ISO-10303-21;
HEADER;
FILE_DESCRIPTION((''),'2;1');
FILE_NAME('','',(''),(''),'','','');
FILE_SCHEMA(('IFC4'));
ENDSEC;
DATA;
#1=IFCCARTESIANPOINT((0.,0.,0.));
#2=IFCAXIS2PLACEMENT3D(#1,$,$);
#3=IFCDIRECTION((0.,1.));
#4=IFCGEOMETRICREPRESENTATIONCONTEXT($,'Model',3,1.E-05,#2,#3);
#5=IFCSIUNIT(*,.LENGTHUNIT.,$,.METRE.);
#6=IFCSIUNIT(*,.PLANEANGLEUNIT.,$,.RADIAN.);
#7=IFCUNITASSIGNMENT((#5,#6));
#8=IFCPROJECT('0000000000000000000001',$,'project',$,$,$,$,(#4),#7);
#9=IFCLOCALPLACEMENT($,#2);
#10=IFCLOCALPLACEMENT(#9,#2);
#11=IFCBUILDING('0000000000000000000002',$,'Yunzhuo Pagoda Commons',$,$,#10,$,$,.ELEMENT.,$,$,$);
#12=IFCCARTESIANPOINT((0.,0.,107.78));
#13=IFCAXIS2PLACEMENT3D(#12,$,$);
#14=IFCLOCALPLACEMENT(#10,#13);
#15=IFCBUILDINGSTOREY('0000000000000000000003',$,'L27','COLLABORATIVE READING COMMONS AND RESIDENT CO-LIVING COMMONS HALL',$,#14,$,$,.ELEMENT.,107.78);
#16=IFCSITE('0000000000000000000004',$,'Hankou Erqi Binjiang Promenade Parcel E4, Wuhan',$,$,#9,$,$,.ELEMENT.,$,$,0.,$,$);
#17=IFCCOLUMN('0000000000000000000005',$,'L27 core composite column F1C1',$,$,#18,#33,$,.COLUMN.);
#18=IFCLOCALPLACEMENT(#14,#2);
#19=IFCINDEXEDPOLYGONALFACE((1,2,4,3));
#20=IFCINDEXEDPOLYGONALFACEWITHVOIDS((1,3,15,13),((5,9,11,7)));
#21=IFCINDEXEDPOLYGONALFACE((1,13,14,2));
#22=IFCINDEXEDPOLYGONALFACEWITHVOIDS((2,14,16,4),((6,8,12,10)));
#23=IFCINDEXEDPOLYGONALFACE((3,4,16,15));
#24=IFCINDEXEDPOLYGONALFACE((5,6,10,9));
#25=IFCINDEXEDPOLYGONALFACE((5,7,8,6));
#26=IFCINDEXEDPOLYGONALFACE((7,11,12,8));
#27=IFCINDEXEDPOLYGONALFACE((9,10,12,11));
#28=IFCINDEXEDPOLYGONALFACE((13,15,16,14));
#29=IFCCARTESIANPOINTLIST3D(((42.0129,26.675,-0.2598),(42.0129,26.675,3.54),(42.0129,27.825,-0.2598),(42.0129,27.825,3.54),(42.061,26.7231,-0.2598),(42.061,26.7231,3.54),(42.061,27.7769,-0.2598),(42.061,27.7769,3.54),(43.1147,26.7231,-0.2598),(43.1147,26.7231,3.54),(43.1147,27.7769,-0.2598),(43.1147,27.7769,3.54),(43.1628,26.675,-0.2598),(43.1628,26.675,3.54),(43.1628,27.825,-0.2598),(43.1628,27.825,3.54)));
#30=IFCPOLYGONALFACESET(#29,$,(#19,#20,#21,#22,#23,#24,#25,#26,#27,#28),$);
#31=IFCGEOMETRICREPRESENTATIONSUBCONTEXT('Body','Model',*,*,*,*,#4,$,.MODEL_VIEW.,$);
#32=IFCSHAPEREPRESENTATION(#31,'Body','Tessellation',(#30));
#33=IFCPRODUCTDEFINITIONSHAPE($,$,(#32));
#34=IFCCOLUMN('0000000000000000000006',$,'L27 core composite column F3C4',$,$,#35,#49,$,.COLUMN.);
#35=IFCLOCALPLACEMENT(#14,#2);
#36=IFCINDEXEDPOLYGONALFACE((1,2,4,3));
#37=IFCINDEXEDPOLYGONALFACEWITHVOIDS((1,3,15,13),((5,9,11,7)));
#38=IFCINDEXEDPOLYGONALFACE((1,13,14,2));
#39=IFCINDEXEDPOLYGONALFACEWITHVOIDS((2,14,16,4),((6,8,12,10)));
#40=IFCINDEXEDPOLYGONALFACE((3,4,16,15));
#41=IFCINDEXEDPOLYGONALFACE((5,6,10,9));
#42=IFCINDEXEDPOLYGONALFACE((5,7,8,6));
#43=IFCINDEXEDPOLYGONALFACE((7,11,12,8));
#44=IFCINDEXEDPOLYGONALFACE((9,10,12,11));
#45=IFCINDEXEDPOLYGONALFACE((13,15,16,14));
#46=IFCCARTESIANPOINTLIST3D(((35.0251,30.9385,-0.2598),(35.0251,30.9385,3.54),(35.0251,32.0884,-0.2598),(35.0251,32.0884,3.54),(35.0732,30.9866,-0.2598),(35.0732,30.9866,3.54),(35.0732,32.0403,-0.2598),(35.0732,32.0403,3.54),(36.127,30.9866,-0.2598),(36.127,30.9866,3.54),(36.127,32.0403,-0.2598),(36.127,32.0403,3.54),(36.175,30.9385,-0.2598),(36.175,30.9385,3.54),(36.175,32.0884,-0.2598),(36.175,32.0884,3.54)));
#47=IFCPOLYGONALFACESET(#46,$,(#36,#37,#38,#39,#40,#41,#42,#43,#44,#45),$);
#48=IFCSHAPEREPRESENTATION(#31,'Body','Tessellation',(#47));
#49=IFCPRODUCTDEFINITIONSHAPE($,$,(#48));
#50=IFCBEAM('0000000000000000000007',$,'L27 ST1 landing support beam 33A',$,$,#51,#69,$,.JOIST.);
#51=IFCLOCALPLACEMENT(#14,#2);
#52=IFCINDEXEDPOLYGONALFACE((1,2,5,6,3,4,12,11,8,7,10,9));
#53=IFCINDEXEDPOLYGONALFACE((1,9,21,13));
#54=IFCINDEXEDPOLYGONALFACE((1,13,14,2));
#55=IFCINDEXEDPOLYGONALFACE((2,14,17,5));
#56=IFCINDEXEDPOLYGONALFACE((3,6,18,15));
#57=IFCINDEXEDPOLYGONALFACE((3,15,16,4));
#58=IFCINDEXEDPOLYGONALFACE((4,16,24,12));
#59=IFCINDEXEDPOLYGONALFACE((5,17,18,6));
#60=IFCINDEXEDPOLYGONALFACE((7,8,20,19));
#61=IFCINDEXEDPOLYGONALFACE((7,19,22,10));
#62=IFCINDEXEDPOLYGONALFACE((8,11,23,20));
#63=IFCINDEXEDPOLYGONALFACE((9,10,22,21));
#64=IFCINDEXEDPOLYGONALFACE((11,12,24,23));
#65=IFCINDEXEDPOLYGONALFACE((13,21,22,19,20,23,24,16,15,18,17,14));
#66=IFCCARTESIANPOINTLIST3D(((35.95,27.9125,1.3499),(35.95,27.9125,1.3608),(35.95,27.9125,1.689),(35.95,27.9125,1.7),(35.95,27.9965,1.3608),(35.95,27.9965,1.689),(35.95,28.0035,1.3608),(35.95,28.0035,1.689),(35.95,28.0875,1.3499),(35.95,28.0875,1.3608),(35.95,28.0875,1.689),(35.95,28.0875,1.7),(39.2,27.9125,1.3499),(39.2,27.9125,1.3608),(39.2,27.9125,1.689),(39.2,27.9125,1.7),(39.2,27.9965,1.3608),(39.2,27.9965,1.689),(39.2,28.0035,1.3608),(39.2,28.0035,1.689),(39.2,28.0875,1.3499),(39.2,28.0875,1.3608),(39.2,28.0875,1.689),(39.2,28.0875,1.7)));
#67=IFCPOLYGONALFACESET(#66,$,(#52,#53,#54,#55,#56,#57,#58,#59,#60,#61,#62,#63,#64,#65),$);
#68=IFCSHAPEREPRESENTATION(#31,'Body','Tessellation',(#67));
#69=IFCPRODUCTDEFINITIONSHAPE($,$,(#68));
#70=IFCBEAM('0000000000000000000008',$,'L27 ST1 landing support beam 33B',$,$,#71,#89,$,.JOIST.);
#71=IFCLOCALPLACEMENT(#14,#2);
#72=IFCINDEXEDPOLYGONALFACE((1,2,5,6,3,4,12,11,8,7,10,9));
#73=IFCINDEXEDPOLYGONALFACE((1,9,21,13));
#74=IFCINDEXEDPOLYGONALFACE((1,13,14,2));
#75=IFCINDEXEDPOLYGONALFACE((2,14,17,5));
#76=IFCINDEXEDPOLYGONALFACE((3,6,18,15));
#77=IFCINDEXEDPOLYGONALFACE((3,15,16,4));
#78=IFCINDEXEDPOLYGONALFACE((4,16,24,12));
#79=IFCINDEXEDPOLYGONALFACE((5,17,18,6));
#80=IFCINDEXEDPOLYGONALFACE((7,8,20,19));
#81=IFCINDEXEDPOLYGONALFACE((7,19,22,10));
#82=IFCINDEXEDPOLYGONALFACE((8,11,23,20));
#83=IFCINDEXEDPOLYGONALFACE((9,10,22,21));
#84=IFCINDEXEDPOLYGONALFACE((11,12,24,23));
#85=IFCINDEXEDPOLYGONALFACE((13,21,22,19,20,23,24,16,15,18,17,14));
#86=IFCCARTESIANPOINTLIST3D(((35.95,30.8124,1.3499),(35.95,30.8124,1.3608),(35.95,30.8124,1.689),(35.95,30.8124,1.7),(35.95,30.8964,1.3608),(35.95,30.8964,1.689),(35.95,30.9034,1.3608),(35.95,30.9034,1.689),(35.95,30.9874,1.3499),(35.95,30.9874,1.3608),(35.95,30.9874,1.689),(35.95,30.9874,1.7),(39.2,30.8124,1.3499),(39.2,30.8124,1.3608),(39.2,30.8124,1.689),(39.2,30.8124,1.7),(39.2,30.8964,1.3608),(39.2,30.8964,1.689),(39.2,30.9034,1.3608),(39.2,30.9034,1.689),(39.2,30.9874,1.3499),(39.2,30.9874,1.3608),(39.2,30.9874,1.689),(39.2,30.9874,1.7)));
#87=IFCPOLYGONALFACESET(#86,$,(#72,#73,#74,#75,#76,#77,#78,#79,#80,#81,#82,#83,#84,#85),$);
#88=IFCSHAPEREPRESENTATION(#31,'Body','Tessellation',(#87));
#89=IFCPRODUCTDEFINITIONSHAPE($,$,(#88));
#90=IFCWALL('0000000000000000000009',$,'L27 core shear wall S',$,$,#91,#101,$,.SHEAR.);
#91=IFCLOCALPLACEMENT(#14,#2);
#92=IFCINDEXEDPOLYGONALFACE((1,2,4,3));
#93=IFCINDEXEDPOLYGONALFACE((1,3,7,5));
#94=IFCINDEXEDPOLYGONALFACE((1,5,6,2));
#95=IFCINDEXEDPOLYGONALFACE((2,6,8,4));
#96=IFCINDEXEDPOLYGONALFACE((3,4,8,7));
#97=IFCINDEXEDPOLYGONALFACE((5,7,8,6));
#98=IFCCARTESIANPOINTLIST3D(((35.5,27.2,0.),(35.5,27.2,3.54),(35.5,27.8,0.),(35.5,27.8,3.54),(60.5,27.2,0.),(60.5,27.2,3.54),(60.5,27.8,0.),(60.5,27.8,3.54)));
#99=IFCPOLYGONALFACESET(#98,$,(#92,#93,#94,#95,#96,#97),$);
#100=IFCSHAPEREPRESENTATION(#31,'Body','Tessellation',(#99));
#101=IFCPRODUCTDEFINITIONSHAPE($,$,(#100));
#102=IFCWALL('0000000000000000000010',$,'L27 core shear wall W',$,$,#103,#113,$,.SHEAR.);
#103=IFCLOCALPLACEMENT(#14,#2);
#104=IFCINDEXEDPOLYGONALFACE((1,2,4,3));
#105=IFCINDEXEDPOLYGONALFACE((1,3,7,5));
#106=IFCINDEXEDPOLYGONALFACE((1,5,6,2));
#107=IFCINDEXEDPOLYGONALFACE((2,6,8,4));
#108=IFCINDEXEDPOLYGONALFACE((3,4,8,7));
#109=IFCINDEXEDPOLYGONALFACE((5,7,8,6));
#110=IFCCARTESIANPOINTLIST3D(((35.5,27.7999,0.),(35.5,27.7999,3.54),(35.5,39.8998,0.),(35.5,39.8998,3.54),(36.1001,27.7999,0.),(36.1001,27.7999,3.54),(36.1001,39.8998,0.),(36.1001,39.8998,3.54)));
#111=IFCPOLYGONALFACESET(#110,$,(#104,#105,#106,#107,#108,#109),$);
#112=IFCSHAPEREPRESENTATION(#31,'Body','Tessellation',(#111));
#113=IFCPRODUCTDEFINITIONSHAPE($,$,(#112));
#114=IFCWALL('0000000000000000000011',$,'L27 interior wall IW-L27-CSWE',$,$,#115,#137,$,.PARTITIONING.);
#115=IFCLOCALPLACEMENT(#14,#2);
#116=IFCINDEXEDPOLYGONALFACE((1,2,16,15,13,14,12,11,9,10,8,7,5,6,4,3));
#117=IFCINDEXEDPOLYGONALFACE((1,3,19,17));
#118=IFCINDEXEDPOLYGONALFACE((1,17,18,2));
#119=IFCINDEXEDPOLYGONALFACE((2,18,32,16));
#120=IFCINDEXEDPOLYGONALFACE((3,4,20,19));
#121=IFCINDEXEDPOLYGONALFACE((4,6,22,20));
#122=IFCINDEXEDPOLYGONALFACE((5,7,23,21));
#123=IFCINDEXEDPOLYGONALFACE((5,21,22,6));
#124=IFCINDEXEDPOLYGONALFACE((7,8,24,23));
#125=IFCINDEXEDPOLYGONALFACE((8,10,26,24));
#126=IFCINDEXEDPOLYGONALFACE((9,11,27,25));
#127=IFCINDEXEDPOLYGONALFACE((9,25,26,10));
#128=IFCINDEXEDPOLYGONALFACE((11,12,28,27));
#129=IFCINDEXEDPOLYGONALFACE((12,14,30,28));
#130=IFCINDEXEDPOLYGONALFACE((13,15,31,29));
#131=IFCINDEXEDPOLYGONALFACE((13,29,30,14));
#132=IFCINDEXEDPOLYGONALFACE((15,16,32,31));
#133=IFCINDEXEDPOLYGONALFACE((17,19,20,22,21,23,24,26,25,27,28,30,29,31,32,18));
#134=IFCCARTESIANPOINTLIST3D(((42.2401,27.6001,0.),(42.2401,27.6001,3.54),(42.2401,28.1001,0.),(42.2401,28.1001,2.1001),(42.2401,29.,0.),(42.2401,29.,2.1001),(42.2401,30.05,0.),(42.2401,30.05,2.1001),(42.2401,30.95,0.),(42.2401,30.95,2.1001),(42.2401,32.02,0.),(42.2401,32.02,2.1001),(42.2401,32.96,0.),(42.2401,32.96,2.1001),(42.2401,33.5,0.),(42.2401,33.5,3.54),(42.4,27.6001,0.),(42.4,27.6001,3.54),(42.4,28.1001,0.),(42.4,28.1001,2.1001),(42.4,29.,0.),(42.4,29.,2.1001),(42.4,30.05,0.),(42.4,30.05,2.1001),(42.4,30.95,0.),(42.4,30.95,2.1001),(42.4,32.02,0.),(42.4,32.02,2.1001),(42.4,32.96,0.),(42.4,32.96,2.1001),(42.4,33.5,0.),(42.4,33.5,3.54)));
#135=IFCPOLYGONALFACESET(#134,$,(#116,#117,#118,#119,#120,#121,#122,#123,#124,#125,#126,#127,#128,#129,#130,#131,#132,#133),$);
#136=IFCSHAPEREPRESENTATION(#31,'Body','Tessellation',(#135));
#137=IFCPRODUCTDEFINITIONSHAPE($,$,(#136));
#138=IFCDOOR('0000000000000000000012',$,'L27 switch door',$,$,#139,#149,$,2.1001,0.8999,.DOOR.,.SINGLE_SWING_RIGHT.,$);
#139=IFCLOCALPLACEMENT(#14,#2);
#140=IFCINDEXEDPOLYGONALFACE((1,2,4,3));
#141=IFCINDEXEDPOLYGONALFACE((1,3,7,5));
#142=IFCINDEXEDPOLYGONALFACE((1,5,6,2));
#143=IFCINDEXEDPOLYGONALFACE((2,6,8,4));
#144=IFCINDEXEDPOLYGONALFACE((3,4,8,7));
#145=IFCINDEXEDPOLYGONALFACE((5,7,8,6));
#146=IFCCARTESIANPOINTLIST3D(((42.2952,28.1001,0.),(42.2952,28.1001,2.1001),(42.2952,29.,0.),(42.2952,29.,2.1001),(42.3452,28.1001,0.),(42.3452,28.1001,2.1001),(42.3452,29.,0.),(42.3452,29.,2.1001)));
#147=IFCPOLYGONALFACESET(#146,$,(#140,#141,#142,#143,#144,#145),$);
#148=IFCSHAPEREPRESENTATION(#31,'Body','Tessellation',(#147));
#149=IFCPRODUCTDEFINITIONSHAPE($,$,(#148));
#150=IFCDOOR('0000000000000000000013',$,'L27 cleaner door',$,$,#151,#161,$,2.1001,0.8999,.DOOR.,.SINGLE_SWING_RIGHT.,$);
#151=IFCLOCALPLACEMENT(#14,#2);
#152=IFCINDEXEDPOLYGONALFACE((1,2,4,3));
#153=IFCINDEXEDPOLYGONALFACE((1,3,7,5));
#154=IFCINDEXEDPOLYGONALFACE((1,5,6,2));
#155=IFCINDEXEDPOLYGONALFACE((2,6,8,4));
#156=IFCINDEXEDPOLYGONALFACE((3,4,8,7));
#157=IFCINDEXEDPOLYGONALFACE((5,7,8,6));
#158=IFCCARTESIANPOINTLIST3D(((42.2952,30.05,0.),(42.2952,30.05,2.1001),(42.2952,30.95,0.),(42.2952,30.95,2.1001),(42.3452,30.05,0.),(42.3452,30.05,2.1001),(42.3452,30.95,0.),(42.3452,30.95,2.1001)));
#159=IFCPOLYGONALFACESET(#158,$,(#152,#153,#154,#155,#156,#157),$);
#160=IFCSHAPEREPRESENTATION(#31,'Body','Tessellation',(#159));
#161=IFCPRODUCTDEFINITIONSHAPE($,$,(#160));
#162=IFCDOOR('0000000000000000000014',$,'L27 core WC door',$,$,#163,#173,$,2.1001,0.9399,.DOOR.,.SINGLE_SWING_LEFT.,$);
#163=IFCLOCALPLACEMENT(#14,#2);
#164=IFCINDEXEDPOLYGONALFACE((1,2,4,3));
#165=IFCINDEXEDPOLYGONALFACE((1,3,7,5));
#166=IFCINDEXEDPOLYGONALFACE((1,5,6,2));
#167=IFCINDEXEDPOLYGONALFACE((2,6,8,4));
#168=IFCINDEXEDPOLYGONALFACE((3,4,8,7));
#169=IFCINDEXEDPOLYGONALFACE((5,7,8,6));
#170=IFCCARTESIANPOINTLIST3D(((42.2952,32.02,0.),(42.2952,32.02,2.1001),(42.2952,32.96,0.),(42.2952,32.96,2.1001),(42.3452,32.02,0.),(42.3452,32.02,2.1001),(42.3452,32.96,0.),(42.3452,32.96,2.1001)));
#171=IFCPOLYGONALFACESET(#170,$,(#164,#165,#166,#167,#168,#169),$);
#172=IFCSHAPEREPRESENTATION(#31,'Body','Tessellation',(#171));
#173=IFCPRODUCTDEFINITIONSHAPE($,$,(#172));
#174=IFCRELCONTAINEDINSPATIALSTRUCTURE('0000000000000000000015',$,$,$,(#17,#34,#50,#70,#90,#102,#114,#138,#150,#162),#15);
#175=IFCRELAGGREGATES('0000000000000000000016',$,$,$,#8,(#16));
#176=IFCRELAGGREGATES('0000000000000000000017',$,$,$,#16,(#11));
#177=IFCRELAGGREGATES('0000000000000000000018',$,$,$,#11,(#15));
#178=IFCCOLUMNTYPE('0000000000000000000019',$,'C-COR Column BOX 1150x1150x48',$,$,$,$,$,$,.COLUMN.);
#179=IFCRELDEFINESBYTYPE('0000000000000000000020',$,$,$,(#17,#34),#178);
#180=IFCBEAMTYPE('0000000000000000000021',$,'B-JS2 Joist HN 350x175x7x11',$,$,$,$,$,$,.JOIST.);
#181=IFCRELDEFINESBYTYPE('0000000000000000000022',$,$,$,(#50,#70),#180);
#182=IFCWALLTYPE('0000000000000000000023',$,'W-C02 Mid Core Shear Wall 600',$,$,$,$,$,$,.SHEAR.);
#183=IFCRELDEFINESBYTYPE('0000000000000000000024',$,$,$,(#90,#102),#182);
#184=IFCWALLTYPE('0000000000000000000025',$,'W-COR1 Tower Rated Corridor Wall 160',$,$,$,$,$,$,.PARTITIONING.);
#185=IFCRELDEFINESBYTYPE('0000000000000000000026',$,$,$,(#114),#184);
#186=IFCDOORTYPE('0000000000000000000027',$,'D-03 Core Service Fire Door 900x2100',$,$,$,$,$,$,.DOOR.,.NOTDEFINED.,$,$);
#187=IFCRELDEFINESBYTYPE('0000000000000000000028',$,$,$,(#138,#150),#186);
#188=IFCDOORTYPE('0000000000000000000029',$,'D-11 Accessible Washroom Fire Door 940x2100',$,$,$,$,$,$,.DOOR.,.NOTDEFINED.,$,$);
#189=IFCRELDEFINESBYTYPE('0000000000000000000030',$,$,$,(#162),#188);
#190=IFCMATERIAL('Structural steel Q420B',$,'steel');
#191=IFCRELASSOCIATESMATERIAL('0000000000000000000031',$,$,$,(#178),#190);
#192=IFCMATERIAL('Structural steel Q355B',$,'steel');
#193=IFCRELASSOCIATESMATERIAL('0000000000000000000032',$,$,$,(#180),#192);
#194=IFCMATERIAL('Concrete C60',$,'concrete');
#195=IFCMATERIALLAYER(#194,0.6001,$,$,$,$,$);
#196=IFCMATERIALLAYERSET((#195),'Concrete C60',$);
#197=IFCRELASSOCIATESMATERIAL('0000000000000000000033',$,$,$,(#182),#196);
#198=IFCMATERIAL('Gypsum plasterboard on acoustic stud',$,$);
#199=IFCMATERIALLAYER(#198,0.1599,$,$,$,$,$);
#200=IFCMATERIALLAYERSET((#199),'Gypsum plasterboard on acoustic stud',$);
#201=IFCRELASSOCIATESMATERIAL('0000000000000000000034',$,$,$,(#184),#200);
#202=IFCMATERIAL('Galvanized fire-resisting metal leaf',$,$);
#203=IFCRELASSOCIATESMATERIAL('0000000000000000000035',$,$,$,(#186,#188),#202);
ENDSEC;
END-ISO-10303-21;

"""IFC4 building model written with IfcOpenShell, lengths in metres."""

from ifc_helpers import new_model, si_unit, direction, frame, frame_2d, origin, origin_with_axes, origin_2d, place, context, subcontext, project, spatial, rectangle, hollow_rectangle, i_section, extrude, source, transform, mapped, material, layer, layer_set, material_profile, profile_set, type_object, element, fill, save


model = new_model("IFC4")

# Units and contexts
model_context = context("Model", 3, precision=1e-05, world=origin(), true_north=direction((0.0, 1.0)))
body_context = subcontext(model_context, "Body", "Model", "MODEL_VIEW")
ifc_project = project(units=[si_unit("LENGTHUNIT", "METRE"), si_unit("PLANEANGLEUNIT", "RADIAN")], contexts=[model_context])

# Site, building, storey
site_placement = place(None, origin())
site = spatial("IfcSite", under=ifc_project, at=site_placement, Name="Hankou Erqi Binjiang Promenade Parcel E4, Wuhan", CompositionType="ELEMENT", RefElevation=0.0)
building_placement = place(site_placement, origin())
building = spatial("IfcBuilding", under=site, at=building_placement, Name="Yunzhuo Pagoda Commons", CompositionType="ELEMENT")
storey_placement = place(building_placement, frame((0.0, 0.0, 107.78)))
storey = spatial("IfcBuildingStorey", under=building, at=storey_placement, Name="L27", Description="COLLABORATIVE READING COMMONS AND RESIDENT CO-LIVING COMMONS HALL", CompositionType="ELEMENT", Elevation=107.78)

# Columns
ifc_material_1 = material(Name="Structural steel Q420B", Category="steel")
ifc_material_profile_1 = material_profile(ifc_material_1, hollow_rectangle(XDim=1.1499, YDim=1.1499, WallThickness=0.0481, at=origin_2d()), Name="Structural steel Q420B")
ifc_profile_set_1 = profile_set([ifc_material_profile_1], Name="Structural steel Q420B")
column_type = type_object("IfcColumnType", Name="C-COR Column BOX 1150x1150x48", PredefinedType="COLUMN", material=ifc_profile_set_1)
shared_shape_1 = source(origin(), body_context, "Body", "SweptSolid", [
    extrude(hollow_rectangle(XDim=1.1499, YDim=1.1499, WallThickness=0.0481, at=origin_2d()), origin(), (0.0, 0.0, 1.0), 3.7998),
])
for number, where, z_axis, x_axis, name in (
    (1, (42.5879, 27.25, -0.2598), (0.0, 0.0, 1.0), (1.0, 0.0, 0.0), "L27 core composite column F1C1"),
    (2, (35.6001, 31.5134, -0.2598), (0.0, 0.0, 1.0), (1.0, 0.0, 0.0), "L27 core composite column F3C4"),
):
    element("IfcColumn", number, at=place(storey_placement, frame(where, z_axis=z_axis, x_axis=x_axis)), inside=storey, type_object=column_type, Name=name, PredefinedType="COLUMN", context=body_context, shape_type="MappedRepresentation", body=[
        mapped(shared_shape_1, transform((0.0, 0.0, 0.0), scale=1.0)),
    ])

# Beams
ifc_material_2 = material(Name="Structural steel Q355B", Category="steel")
ifc_material_profile_2 = material_profile(ifc_material_2, i_section(OverallWidth=0.175, OverallDepth=0.3501, WebThickness=0.0071, FlangeThickness=0.011, at=origin_2d()), Name="Structural steel Q355B")
ifc_profile_set_2 = profile_set([ifc_material_profile_2], Name="Structural steel Q355B")
beam_type = type_object("IfcBeamType", Name="B-JS2 Joist HN 350x175x7x11", PredefinedType="JOIST", material=ifc_profile_set_2)
shared_shape_2 = source(origin(), body_context, "Body", "SweptSolid", [
    extrude(i_section(OverallWidth=0.175, OverallDepth=0.3501, WebThickness=0.0071, FlangeThickness=0.011, at=origin_2d()), origin(), (0.0, 0.0, 1.0), 3.25),
])
for number, where, z_axis, x_axis, name in (
    (3, (35.95, 28.0, 1.5249), (1.0, 0.0, 0.0), (0.0, 1.0, 0.0), "L27 ST1 landing support beam 33A"),
    (4, (35.95, 30.8999, 1.5249), (1.0, 0.0, 0.0), (0.0, 1.0, 0.0), "L27 ST1 landing support beam 33B"),
):
    element("IfcBeam", number, at=place(storey_placement, frame(where, z_axis=z_axis, x_axis=x_axis)), inside=storey, type_object=beam_type, Name=name, PredefinedType="JOIST", context=body_context, shape_type="MappedRepresentation", body=[
        mapped(shared_shape_2, transform((0.0, 0.0, 0.0), scale=1.0)),
    ])

# Walls
ifc_material_3 = material(Name="Concrete C60", Category="concrete")
ifc_layer_1 = layer(ifc_material_3, 0.6001)
ifc_layer_set_1 = layer_set([ifc_layer_1], Name="Concrete C60")
wall_type_1 = type_object("IfcWallType", Name="W-C02 Mid Core Shear Wall 600", PredefinedType="SHEAR", material=ifc_layer_set_1)
wall_1_placement = place(storey_placement, frame((35.5, 27.5, 0.0), z_axis=(0.0, 0.0, 1.0), x_axis=(1.0, 0.0, 0.0)))
element("IfcWall", 5, at=wall_1_placement, inside=storey, type_object=wall_type_1, Name="L27 core shear wall S", PredefinedType="SHEAR", context=body_context, shape_type="SweptSolid", body=[
    extrude(rectangle(XDim=25.0, YDim=0.6001, at=frame_2d((12.5, 0.0))), origin(), (0.0, 0.0, 1.0), 3.54),
])
wall_2_placement = place(storey_placement, frame((35.8, 27.8, 0.0), z_axis=(0.0, 0.0, 1.0), x_axis=(0.0, 1.0, 0.0)))
element("IfcWall", 6, at=wall_2_placement, inside=storey, type_object=wall_type_1, Name="L27 core shear wall W", PredefinedType="SHEAR", context=body_context, shape_type="SweptSolid", body=[
    extrude(rectangle(XDim=12.0999, YDim=0.6001, at=frame_2d((6.0498, 0.0))), origin(), (0.0, 0.0, 1.0), 3.54),
])

# Wall, openings, doors
ifc_material_4 = material(Name="Gypsum plasterboard on acoustic stud")
ifc_layer_2 = layer(ifc_material_4, 0.1599)
ifc_layer_set_2 = layer_set([ifc_layer_2], Name="Gypsum plasterboard on acoustic stud")
wall_type_2 = type_object("IfcWallType", Name="W-COR1 Tower Rated Corridor Wall 160", PredefinedType="PARTITIONING", material=ifc_layer_set_2)
wall_3_placement = place(storey_placement, frame((42.3201, 27.6001, 0.0), z_axis=(0.0, 0.0, 1.0), x_axis=(0.0, 1.0, 0.0)))
wall_3 = element("IfcWall", 7, at=wall_3_placement, inside=storey, type_object=wall_type_2, Name="L27 interior wall IW-L27-CSWE", PredefinedType="PARTITIONING", context=body_context, shape_type="SweptSolid", body=[
    extrude(rectangle(XDim=5.8999, YDim=0.1599, at=frame_2d((2.95, 0.0))), origin(), (0.0, 0.0, 1.0), 3.54),
])
opening_1_placement = place(wall_3_placement, frame((0.5, 0.0, 0.0)))
opening_1 = element("IfcOpeningElement", 8, at=opening_1_placement, cuts=wall_3, PredefinedType="OPENING", context=body_context, shape_type="SweptSolid", body=[
    extrude(rectangle(XDim=0.8999, YDim=2.1001, at=frame_2d((0.45, 1.05))), frame((0.0, 0.0898, 0.0), z_axis=(0.0, -1.0, 0.0), x_axis=(1.0, 0.0, 0.0)), (0.0, 0.0, 1.0), 0.1799),
])
opening_2_placement = place(wall_3_placement, frame((2.45, 0.0, 0.0)))
opening_2 = element("IfcOpeningElement", 9, at=opening_2_placement, cuts=wall_3, PredefinedType="OPENING", context=body_context, shape_type="SweptSolid", body=[
    extrude(rectangle(XDim=0.8999, YDim=2.1001, at=frame_2d((0.45, 1.05))), frame((0.0, 0.0898, 0.0), z_axis=(0.0, -1.0, 0.0), x_axis=(1.0, 0.0, 0.0)), (0.0, 0.0, 1.0), 0.1799),
])
opening_3_placement = place(wall_3_placement, frame((4.4199, 0.0, 0.0)))
opening_3 = element("IfcOpeningElement", 10, at=opening_3_placement, cuts=wall_3, PredefinedType="OPENING", context=body_context, shape_type="SweptSolid", body=[
    extrude(rectangle(XDim=0.9399, YDim=2.1001, at=frame_2d((0.47, 1.05))), frame((0.0, 0.0898, 0.0), z_axis=(0.0, -1.0, 0.0), x_axis=(1.0, 0.0, 0.0)), (0.0, 0.0, 1.0), 0.1799),
])
ifc_material_5 = material(Name="Galvanized fire-resisting metal leaf")
door_type_1 = type_object("IfcDoorType", Name="D-03 Core Service Fire Door 900x2100", OperationType="NOTDEFINED", PredefinedType="DOOR", material=ifc_material_5)
shared_shape_3 = source(origin(), body_context, "Body", "SweptSolid", [
    extrude(rectangle(XDim=0.8999, YDim=2.1001, at=frame_2d((0.45, 1.05))), frame((0.0, 0.0249, 0.0), z_axis=(0.0, -1.0, 0.0), x_axis=(1.0, 0.0, 0.0)), (0.0, 0.0, 1.0), 0.05),
])
door_1_placement = place(opening_1_placement, origin_with_axes())
door_1 = element("IfcDoor", 11, at=door_1_placement, inside=storey, type_object=door_type_1, Name="L27 switch door", OperationType="SINGLE_SWING_RIGHT", OverallHeight=2.1001, OverallWidth=0.8999, PredefinedType="DOOR", context=body_context, shape_type="MappedRepresentation", body=[
    mapped(shared_shape_3, transform((0.0, 0.0, 0.0), scale=1.0)),
])
fill(opening_1, door_1)
door_2_placement = place(opening_2_placement, origin_with_axes())
door_2 = element("IfcDoor", 12, at=door_2_placement, inside=storey, type_object=door_type_1, Name="L27 cleaner door", OperationType="SINGLE_SWING_RIGHT", OverallHeight=2.1001, OverallWidth=0.8999, PredefinedType="DOOR", context=body_context, shape_type="MappedRepresentation", body=[
    mapped(shared_shape_3, transform((0.0, 0.0, 0.0), scale=1.0)),
])
fill(opening_2, door_2)
door_type_2 = type_object("IfcDoorType", Name="D-11 Accessible Washroom Fire Door 940x2100", OperationType="NOTDEFINED", PredefinedType="DOOR", material=ifc_material_5)
shared_shape_4 = source(origin(), body_context, "Body", "SweptSolid", [
    extrude(rectangle(XDim=0.9399, YDim=2.1001, at=frame_2d((0.47, 1.05))), frame((0.0, 0.0249, 0.0), z_axis=(0.0, -1.0, 0.0), x_axis=(1.0, 0.0, 0.0)), (0.0, 0.0, 1.0), 0.05),
])
door_3_placement = place(opening_3_placement, origin_with_axes())
door_3 = element("IfcDoor", 13, at=door_3_placement, inside=storey, type_object=door_type_2, Name="L27 core WC door", OperationType="SINGLE_SWING_LEFT", OverallHeight=2.1001, OverallWidth=0.9399, PredefinedType="DOOR", context=body_context, shape_type="MappedRepresentation", body=[
    mapped(shared_shape_4, transform((0.0, 0.0, 0.0), scale=1.0)),
])
fill(opening_3, door_3)

save(model, "model.ifc")
